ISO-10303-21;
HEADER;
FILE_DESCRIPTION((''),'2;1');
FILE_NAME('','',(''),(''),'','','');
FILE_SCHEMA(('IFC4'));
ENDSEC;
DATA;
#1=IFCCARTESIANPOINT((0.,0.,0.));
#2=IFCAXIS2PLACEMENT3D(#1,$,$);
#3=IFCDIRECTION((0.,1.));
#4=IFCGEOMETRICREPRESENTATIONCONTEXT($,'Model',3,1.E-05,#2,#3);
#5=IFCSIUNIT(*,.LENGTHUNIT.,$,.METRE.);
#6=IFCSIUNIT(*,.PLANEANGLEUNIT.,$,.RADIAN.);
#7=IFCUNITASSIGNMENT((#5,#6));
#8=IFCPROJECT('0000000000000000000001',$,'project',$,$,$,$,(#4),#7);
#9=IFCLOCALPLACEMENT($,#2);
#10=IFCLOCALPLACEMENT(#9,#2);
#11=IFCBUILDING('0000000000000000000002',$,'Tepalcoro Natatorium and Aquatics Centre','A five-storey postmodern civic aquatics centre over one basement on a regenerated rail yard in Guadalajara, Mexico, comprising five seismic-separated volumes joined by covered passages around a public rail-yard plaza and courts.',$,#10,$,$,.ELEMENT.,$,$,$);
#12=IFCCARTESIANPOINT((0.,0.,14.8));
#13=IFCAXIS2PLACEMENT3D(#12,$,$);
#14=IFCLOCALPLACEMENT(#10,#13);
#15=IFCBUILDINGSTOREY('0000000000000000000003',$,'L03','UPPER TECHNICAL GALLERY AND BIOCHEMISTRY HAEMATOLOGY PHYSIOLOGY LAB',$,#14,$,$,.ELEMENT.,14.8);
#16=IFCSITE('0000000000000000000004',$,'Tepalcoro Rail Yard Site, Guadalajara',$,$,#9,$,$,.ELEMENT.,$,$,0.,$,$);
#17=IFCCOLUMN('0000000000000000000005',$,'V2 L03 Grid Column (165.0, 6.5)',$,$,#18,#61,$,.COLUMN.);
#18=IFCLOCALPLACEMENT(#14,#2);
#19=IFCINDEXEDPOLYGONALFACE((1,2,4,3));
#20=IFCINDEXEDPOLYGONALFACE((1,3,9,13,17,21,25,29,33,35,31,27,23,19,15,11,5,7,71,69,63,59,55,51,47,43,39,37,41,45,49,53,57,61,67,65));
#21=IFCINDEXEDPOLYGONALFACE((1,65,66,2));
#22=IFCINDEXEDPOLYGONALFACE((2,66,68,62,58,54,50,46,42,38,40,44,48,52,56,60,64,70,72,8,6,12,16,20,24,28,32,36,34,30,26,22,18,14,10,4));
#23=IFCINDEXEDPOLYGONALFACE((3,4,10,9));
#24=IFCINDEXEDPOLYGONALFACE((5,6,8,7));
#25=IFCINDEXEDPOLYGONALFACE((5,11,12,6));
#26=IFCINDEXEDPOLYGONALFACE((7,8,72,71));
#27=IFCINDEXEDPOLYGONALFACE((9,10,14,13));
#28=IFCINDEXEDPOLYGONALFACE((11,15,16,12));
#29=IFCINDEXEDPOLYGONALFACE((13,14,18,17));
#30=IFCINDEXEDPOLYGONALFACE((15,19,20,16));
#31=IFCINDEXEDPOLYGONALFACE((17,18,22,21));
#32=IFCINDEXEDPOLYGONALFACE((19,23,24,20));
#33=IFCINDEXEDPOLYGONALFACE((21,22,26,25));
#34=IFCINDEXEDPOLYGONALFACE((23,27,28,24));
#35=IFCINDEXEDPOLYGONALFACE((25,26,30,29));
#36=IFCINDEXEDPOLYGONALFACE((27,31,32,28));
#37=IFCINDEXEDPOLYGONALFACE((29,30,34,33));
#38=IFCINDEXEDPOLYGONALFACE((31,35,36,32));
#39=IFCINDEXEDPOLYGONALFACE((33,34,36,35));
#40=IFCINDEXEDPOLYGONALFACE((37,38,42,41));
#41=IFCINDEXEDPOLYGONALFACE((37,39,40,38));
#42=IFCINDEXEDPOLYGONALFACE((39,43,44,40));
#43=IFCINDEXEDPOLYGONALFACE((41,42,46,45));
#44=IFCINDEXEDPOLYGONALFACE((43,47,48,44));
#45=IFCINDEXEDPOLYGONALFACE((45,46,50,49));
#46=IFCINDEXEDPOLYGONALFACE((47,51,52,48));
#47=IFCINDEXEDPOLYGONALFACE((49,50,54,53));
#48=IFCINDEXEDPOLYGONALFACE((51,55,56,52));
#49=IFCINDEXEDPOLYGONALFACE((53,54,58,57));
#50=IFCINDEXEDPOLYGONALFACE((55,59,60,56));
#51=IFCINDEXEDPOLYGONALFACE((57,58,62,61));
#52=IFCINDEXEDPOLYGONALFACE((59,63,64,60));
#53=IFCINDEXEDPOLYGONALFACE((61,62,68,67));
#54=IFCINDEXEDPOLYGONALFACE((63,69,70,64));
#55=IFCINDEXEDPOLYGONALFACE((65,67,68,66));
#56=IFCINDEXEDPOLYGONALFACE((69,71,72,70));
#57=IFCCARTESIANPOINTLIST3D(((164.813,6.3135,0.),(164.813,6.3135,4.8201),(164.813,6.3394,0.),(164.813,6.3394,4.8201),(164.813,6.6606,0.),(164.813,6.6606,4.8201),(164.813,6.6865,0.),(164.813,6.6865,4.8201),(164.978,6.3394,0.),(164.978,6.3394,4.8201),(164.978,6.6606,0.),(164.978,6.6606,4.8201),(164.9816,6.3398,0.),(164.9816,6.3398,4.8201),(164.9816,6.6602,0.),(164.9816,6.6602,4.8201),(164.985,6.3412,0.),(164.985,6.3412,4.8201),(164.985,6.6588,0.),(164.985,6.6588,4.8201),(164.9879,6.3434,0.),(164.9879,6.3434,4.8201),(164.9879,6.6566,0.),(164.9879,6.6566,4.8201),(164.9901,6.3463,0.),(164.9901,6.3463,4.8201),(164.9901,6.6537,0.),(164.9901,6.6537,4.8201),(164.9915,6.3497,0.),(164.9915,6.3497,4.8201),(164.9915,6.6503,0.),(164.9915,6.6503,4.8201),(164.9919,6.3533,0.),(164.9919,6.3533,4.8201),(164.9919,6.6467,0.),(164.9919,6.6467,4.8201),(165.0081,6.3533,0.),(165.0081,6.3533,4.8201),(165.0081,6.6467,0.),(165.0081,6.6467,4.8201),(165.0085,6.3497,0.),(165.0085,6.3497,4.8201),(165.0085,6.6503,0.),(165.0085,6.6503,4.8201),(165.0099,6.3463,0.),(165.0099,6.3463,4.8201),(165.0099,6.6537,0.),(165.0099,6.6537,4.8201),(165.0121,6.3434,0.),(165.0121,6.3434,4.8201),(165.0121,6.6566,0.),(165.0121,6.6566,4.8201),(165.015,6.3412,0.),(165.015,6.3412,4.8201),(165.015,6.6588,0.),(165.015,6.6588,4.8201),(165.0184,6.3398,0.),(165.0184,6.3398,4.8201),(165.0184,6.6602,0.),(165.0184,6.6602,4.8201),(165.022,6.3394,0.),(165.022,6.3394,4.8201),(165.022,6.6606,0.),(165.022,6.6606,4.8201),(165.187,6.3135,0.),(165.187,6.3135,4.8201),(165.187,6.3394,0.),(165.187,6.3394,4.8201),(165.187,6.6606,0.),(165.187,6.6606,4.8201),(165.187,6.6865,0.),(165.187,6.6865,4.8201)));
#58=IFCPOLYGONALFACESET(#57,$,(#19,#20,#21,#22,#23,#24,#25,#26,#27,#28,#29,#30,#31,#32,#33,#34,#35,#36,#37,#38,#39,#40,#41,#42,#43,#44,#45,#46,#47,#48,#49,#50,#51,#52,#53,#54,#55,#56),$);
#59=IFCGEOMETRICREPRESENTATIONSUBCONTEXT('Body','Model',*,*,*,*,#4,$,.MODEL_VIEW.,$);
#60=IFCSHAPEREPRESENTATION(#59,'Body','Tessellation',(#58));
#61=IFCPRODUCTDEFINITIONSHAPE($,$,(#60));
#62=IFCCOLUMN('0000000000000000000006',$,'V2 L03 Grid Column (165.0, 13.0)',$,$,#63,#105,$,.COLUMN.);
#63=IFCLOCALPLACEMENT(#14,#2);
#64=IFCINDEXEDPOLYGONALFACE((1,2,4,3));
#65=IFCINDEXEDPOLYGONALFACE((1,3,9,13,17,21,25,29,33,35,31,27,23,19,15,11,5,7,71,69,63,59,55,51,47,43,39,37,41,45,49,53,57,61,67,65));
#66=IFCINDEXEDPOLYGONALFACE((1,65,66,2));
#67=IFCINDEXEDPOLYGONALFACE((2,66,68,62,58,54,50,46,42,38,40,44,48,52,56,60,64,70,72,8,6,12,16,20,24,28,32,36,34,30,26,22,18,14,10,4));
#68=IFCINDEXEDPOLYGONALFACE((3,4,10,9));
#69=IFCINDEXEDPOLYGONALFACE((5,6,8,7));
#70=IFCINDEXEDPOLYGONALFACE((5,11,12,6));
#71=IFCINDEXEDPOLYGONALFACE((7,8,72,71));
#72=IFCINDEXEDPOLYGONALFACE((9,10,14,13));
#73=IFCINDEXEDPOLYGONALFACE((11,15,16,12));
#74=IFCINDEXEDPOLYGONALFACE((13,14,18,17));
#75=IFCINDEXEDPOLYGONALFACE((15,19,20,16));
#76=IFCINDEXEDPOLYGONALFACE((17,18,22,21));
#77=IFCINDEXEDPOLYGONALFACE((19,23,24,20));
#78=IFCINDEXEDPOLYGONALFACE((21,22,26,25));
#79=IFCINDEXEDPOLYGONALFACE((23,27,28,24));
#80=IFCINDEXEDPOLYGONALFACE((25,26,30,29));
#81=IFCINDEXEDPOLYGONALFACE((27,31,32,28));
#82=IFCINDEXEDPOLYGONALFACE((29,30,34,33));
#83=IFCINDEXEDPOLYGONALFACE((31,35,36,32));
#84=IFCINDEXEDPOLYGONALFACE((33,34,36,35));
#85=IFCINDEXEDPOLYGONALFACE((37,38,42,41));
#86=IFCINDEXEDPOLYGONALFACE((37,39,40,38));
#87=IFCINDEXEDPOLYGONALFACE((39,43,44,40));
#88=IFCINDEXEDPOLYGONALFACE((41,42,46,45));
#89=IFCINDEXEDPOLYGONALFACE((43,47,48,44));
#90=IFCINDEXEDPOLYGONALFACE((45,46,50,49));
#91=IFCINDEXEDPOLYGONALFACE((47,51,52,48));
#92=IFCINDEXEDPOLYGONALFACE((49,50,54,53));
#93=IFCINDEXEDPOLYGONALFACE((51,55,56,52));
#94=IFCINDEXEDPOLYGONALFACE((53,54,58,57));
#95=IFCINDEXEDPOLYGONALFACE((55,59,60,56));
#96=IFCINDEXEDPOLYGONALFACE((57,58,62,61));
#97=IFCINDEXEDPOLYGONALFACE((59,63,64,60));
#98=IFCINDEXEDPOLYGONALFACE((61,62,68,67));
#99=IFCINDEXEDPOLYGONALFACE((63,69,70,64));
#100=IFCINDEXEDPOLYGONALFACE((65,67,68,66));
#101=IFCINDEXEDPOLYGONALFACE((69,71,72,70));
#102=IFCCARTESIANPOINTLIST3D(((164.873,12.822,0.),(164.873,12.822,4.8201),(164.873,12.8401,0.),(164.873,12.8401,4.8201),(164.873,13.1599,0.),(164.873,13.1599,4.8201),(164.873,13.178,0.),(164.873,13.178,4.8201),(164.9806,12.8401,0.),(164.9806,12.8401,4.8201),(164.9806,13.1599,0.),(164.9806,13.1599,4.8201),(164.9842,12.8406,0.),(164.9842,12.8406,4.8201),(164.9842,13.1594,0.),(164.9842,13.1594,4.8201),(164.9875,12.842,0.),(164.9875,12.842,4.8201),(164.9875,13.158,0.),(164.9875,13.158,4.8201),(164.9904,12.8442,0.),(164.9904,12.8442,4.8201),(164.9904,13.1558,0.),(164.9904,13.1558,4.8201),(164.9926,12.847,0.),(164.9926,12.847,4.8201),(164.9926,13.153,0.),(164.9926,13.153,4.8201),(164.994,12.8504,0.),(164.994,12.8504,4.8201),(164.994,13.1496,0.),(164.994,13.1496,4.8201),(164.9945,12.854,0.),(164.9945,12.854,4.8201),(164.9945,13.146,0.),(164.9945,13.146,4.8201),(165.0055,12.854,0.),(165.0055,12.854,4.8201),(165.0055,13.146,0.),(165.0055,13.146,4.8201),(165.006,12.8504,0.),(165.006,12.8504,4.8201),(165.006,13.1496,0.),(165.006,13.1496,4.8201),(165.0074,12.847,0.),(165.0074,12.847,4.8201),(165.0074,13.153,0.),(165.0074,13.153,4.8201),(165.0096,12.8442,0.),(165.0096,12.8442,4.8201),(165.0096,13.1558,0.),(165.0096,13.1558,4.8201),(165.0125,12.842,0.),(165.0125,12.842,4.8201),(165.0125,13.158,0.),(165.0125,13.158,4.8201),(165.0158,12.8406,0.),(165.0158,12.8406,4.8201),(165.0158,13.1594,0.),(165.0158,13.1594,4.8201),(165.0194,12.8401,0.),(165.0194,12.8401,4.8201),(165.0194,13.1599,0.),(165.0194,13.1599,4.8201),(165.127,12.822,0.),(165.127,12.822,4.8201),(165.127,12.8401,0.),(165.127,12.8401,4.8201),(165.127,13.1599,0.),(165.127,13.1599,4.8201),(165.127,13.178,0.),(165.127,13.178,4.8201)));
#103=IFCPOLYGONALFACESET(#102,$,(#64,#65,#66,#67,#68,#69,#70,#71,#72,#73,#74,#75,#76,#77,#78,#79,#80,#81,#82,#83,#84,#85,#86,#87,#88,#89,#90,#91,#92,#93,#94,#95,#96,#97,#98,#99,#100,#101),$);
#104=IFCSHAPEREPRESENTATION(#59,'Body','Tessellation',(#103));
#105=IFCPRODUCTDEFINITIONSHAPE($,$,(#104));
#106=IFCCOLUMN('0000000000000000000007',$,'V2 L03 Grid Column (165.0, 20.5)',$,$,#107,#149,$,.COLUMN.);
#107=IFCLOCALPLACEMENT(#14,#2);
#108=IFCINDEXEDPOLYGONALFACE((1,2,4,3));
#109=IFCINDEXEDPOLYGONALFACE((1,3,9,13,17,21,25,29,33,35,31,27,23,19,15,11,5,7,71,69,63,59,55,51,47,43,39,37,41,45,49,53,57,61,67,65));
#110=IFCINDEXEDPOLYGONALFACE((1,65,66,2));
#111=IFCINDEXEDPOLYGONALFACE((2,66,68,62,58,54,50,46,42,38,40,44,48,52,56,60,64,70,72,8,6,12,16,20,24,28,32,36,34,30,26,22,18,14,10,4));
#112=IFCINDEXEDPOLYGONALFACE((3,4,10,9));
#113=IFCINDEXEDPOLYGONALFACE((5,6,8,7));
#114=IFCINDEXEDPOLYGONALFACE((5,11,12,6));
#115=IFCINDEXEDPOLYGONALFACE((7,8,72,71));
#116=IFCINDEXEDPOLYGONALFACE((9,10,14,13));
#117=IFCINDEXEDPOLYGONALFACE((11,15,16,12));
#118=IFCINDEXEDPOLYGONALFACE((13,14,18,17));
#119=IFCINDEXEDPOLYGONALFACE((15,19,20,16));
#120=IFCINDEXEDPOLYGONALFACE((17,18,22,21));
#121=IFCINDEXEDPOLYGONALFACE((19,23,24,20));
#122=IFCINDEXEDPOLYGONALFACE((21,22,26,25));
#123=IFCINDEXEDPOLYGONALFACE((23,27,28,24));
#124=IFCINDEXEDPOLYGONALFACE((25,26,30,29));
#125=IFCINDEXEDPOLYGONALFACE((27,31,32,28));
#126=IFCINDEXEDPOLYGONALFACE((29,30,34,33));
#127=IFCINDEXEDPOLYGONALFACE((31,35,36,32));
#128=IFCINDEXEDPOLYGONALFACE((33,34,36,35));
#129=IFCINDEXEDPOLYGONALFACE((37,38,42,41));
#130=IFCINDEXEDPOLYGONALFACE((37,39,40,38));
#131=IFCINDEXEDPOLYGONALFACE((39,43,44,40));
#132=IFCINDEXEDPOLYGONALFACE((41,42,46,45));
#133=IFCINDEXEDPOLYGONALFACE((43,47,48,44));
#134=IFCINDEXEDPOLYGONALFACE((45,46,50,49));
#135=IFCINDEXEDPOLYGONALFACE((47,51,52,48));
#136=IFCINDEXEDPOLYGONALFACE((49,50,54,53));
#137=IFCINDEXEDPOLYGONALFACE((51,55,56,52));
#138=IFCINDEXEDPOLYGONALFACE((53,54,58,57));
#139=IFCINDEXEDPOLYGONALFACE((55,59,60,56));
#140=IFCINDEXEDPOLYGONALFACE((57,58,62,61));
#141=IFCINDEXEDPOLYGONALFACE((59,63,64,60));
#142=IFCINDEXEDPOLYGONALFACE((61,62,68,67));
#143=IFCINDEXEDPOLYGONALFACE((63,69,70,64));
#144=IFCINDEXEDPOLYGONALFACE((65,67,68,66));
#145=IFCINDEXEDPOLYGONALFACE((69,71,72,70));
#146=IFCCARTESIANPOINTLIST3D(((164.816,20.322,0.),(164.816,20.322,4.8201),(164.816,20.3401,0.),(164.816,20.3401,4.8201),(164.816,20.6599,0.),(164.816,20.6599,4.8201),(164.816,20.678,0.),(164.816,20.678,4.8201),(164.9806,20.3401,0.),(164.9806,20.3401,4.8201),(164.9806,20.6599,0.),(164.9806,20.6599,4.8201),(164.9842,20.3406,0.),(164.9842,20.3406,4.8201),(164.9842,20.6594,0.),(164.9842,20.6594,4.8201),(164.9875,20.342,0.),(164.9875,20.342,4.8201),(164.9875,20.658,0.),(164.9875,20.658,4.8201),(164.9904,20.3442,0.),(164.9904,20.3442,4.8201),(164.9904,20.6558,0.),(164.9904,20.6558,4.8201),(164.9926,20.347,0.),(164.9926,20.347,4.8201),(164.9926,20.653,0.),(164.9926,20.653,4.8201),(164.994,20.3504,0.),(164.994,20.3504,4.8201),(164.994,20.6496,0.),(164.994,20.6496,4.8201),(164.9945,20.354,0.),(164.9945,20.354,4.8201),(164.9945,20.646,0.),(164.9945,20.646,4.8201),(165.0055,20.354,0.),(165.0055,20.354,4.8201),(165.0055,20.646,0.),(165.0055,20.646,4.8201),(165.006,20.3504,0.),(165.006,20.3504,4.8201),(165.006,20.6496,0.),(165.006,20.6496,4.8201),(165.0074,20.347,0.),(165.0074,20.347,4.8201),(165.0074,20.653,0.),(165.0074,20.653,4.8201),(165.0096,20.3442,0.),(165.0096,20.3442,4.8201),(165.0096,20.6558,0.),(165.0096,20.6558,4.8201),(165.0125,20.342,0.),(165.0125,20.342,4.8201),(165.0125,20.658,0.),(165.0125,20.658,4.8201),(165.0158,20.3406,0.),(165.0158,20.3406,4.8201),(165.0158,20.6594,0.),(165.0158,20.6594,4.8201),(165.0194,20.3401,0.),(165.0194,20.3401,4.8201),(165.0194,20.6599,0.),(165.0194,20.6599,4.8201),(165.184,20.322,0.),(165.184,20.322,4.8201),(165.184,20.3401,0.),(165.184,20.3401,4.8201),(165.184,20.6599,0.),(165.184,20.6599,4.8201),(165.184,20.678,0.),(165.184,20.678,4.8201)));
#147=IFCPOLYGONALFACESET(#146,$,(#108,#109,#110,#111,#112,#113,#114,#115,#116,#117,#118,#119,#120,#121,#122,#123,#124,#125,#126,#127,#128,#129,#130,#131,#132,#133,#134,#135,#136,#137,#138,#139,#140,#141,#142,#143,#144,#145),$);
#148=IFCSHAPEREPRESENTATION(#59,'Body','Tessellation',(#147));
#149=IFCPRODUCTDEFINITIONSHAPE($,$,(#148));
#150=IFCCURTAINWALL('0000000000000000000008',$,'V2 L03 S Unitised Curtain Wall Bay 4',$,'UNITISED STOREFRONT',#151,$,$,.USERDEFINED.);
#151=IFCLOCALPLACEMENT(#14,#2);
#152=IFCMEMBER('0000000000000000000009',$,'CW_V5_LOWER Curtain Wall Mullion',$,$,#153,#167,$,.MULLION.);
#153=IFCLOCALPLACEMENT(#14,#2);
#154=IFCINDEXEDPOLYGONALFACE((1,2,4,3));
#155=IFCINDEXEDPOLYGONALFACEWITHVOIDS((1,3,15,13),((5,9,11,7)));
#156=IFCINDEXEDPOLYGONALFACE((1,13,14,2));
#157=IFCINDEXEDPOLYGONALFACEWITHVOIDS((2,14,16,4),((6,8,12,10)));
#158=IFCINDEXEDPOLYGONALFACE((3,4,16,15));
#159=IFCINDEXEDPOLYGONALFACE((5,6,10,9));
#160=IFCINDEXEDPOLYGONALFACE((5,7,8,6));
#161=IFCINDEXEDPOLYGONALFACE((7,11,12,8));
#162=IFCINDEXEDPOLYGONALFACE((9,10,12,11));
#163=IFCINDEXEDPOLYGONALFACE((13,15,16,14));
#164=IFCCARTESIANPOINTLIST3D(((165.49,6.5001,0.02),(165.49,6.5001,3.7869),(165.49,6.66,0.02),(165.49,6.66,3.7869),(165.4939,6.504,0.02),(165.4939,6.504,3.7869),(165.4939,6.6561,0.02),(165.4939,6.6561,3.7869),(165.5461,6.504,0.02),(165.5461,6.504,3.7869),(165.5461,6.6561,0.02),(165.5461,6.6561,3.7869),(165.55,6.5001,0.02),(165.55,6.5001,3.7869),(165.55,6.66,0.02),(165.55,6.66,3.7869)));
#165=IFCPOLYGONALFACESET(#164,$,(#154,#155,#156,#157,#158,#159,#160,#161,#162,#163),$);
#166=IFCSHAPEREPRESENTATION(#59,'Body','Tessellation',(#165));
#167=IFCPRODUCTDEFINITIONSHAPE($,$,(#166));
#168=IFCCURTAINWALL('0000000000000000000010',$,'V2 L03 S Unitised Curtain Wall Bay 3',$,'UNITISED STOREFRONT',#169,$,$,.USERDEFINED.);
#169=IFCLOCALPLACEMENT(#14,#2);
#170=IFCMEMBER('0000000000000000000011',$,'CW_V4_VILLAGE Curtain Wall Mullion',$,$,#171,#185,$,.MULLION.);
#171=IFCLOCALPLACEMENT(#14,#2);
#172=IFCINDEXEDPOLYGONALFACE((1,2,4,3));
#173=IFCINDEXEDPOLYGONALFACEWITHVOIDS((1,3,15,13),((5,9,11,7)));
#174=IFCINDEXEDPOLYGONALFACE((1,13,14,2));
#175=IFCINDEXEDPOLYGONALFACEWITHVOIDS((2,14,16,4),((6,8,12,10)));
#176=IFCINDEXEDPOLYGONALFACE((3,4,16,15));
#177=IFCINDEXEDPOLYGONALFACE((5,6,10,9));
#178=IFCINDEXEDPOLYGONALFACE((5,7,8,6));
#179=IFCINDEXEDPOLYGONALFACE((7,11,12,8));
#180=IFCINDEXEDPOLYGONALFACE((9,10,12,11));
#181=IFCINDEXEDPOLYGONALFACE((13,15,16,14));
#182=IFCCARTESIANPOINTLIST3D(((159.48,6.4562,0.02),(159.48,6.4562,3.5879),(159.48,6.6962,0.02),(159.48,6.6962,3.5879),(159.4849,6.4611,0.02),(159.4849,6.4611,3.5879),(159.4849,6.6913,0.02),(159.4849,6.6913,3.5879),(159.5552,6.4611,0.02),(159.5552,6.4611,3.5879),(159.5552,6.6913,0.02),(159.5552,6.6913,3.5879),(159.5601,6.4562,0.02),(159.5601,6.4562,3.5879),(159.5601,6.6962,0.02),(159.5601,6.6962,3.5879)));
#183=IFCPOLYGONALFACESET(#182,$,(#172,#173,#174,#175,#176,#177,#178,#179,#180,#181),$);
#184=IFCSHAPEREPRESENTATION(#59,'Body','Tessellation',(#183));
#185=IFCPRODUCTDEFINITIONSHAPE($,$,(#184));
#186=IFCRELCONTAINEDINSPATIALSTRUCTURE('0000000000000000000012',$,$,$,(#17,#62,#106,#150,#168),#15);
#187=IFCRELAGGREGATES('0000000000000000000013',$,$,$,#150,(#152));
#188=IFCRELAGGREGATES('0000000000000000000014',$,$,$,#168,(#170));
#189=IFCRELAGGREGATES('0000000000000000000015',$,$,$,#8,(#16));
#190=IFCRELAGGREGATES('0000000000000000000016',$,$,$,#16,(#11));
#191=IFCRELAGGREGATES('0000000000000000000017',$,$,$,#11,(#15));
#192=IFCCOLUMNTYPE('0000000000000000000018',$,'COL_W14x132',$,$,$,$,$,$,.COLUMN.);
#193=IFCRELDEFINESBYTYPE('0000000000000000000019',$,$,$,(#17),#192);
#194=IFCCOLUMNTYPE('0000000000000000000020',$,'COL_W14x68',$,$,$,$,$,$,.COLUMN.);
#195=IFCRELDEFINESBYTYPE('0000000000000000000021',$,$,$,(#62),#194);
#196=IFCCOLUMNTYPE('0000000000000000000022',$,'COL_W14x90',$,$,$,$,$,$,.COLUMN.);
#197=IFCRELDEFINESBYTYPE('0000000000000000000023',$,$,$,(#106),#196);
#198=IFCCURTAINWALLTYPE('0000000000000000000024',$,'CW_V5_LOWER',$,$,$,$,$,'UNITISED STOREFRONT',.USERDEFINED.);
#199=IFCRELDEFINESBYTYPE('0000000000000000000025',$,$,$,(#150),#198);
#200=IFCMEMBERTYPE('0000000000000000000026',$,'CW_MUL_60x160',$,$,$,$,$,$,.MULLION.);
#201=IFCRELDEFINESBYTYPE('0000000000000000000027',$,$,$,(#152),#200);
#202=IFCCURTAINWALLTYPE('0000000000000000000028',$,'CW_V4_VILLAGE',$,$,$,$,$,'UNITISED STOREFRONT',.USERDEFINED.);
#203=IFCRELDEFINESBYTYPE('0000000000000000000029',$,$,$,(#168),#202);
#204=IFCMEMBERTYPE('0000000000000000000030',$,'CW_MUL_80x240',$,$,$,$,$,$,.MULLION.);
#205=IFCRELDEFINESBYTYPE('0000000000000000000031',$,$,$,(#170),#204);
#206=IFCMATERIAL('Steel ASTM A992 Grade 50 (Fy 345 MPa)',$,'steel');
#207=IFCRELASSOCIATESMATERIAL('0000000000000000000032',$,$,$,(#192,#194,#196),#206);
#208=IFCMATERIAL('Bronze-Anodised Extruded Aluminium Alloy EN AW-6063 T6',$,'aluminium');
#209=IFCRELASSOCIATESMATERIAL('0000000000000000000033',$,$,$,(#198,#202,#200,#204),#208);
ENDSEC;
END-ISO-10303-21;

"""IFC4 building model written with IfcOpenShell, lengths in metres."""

from ifc_helpers import new_model, si_unit, direction, frame, origin, origin_2d, place, context, subcontext, project, spatial, hollow_rectangle, i_section, extrude, material, material_profile, profile_set, type_object, element, aggregate, save


model = new_model("IFC4")

# Units and contexts
model_context = context("Model", 3, precision=1e-05, world=origin(), true_north=direction((0.0, 1.0)))
body_context = subcontext(model_context, "Body", "Model", "MODEL_VIEW")
ifc_project = project(units=[si_unit("LENGTHUNIT", "METRE"), si_unit("PLANEANGLEUNIT", "RADIAN")], contexts=[model_context])

# Site, building, storey
site_placement = place(None, origin())
site = spatial("IfcSite", under=ifc_project, at=site_placement, Name="Tepalcoro Rail Yard Site, Guadalajara", CompositionType="ELEMENT", RefElevation=0.0)
building_placement = place(site_placement, origin())
building = spatial("IfcBuilding", under=site, at=building_placement, Name="Tepalcoro Natatorium and Aquatics Centre", Description="A five-storey postmodern civic aquatics centre over one basement on a regenerated rail yard in Guadalajara, Mexico, comprising five seismic-separated volumes joined by covered passages around a public rail-yard plaza and courts.", CompositionType="ELEMENT")
storey_placement = place(building_placement, frame((0.0, 0.0, 14.8)))
storey = spatial("IfcBuildingStorey", under=building, at=storey_placement, Name="L03", Description="UPPER TECHNICAL GALLERY AND BIOCHEMISTRY HAEMATOLOGY PHYSIOLOGY LAB", CompositionType="ELEMENT", Elevation=14.8)

# Columns
ifc_material_1 = material(Name="Steel ASTM A992 Grade 50 (Fy 345 MPa)", Category="steel")
ifc_material_profile_1 = material_profile(ifc_material_1, i_section(OverallWidth=0.374, OverallDepth=0.373, WebThickness=0.0161, FlangeThickness=0.0259, FilletRadius=0.0139, at=origin_2d()), Name="W14X132")
ifc_profile_set_1 = profile_set([ifc_material_profile_1], Name="Steel ASTM A992 Grade 50 (Fy 345 MPa)")
column_type_1 = type_object("IfcColumnType", Name="COL_W14x132", PredefinedType="COLUMN", material=ifc_profile_set_1)
column_1_placement = place(storey_placement, frame((165.0, 6.5, 0.0), z_axis=(0.0, 0.0, 1.0), x_axis=(1.0, 0.0, 0.0)))
element("IfcColumn", 1, at=column_1_placement, inside=storey, type_object=column_type_1, Name="V2 L03 Grid Column (165.0, 6.5)", PredefinedType="COLUMN", context=body_context, shape_type="SweptSolid", body=[
    extrude(i_section(OverallWidth=0.374, OverallDepth=0.373, WebThickness=0.0161, FlangeThickness=0.0259, FilletRadius=0.0139, at=origin_2d()), origin(), (0.0, 0.0, 1.0), 4.8201),
])
ifc_material_profile_2 = material_profile(ifc_material_1, i_section(OverallWidth=0.2539, OverallDepth=0.356, WebThickness=0.011, FlangeThickness=0.0181, FilletRadius=0.0139, at=origin_2d()), Name="W14X68")
ifc_profile_set_2 = profile_set([ifc_material_profile_2], Name="Steel ASTM A992 Grade 50 (Fy 345 MPa)")
column_type_2 = type_object("IfcColumnType", Name="COL_W14x68", PredefinedType="COLUMN", material=ifc_profile_set_2)
column_2_placement = place(storey_placement, frame((165.0, 13.0, 0.0), z_axis=(0.0, 0.0, 1.0), x_axis=(1.0, 0.0, 0.0)))
element("IfcColumn", 2, at=column_2_placement, inside=storey, type_object=column_type_2, Name="V2 L03 Grid Column (165.0, 13.0)", PredefinedType="COLUMN", context=body_context, shape_type="SweptSolid", body=[
    extrude(i_section(OverallWidth=0.2539, OverallDepth=0.356, WebThickness=0.011, FlangeThickness=0.0181, FilletRadius=0.0139, at=origin_2d()), origin(), (0.0, 0.0, 1.0), 4.8201),
])
ifc_material_profile_3 = material_profile(ifc_material_1, i_section(OverallWidth=0.3679, OverallDepth=0.356, WebThickness=0.011, FlangeThickness=0.0181, FilletRadius=0.0139, at=origin_2d()), Name="W14X90")
ifc_profile_set_3 = profile_set([ifc_material_profile_3], Name="Steel ASTM A992 Grade 50 (Fy 345 MPa)")
column_type_3 = type_object("IfcColumnType", Name="COL_W14x90", PredefinedType="COLUMN", material=ifc_profile_set_3)
column_3_placement = place(storey_placement, frame((165.0, 20.5, 0.0), z_axis=(0.0, 0.0, 1.0), x_axis=(1.0, 0.0, 0.0)))
element("IfcColumn", 3, at=column_3_placement, inside=storey, type_object=column_type_3, Name="V2 L03 Grid Column (165.0, 20.5)", PredefinedType="COLUMN", context=body_context, shape_type="SweptSolid", body=[
    extrude(i_section(OverallWidth=0.3679, OverallDepth=0.356, WebThickness=0.011, FlangeThickness=0.0181, FilletRadius=0.0139, at=origin_2d()), origin(), (0.0, 0.0, 1.0), 4.8201),
])

# Curtain wall, member
ifc_material_2 = material(Name="Bronze-Anodised Extruded Aluminium Alloy EN AW-6063 T6", Category="aluminium")
curtain_wall_type_1 = type_object("IfcCurtainWallType", Name="CW_V5_LOWER", ElementType="UNITISED STOREFRONT", PredefinedType="USERDEFINED", material=ifc_material_2)
curtain_wall_1_placement = place(storey_placement, origin())
curtain_wall_1 = element("IfcCurtainWall", 4, at=curtain_wall_1_placement, inside=storey, type_object=curtain_wall_type_1, Name="V2 L03 S Unitised Curtain Wall Bay 4", ObjectType="UNITISED STOREFRONT", PredefinedType="USERDEFINED")
ifc_material_profile_4 = material_profile(ifc_material_2, hollow_rectangle(XDim=0.0601, YDim=0.1599, WallThickness=0.0039, at=origin_2d()), Name="AL60X160X4")
ifc_profile_set_4 = profile_set([ifc_material_profile_4], Name="Bronze-Anodised Extruded Aluminium Alloy EN AW-6063 T6")
member_type_1 = type_object("IfcMemberType", Name="CW_MUL_60x160", PredefinedType="MULLION", material=ifc_profile_set_4)
member_1_placement = place(storey_placement, frame((165.52, 6.5801, 0.02), z_axis=(0.0, 0.0, 1.0), x_axis=(1.0, 0.0, 0.0)))
member_1 = element("IfcMember", 5, at=member_1_placement, type_object=member_type_1, Name="CW_V5_LOWER Curtain Wall Mullion", PredefinedType="MULLION", context=body_context, shape_type="SweptSolid", body=[
    extrude(hollow_rectangle(XDim=0.0601, YDim=0.1599, WallThickness=0.0039, at=origin_2d()), origin(), (0.0, 0.0, 1.0), 3.7668),
])

# Curtain wall, member
curtain_wall_type_2 = type_object("IfcCurtainWallType", Name="CW_V4_VILLAGE", ElementType="UNITISED STOREFRONT", PredefinedType="USERDEFINED", material=ifc_material_2)
curtain_wall_2_placement = place(storey_placement, origin())
curtain_wall_2 = element("IfcCurtainWall", 6, at=curtain_wall_2_placement, inside=storey, type_object=curtain_wall_type_2, Name="V2 L03 S Unitised Curtain Wall Bay 3", ObjectType="UNITISED STOREFRONT", PredefinedType="USERDEFINED")
ifc_material_profile_5 = material_profile(ifc_material_2, hollow_rectangle(XDim=0.0801, YDim=0.24, WallThickness=0.0049, at=origin_2d()), Name="AL80X240X5")
ifc_profile_set_5 = profile_set([ifc_material_profile_5], Name="Bronze-Anodised Extruded Aluminium Alloy EN AW-6063 T6")
member_type_2 = type_object("IfcMemberType", Name="CW_MUL_80x240", PredefinedType="MULLION", material=ifc_profile_set_5)
member_2_placement = place(storey_placement, frame((159.52, 6.5762, 0.02), z_axis=(0.0, 0.0, 1.0), x_axis=(1.0, 0.0, 0.0)))
member_2 = element("IfcMember", 7, at=member_2_placement, type_object=member_type_2, Name="CW_V4_VILLAGE Curtain Wall Mullion", PredefinedType="MULLION", context=body_context, shape_type="SweptSolid", body=[
    extrude(hollow_rectangle(XDim=0.0801, YDim=0.24, WallThickness=0.0049, at=origin_2d()), origin(), (0.0, 0.0, 1.0), 3.5679),
])

aggregate(curtain_wall_1, [member_1])

aggregate(curtain_wall_2, [member_2])

save(model, "model.ifc")
